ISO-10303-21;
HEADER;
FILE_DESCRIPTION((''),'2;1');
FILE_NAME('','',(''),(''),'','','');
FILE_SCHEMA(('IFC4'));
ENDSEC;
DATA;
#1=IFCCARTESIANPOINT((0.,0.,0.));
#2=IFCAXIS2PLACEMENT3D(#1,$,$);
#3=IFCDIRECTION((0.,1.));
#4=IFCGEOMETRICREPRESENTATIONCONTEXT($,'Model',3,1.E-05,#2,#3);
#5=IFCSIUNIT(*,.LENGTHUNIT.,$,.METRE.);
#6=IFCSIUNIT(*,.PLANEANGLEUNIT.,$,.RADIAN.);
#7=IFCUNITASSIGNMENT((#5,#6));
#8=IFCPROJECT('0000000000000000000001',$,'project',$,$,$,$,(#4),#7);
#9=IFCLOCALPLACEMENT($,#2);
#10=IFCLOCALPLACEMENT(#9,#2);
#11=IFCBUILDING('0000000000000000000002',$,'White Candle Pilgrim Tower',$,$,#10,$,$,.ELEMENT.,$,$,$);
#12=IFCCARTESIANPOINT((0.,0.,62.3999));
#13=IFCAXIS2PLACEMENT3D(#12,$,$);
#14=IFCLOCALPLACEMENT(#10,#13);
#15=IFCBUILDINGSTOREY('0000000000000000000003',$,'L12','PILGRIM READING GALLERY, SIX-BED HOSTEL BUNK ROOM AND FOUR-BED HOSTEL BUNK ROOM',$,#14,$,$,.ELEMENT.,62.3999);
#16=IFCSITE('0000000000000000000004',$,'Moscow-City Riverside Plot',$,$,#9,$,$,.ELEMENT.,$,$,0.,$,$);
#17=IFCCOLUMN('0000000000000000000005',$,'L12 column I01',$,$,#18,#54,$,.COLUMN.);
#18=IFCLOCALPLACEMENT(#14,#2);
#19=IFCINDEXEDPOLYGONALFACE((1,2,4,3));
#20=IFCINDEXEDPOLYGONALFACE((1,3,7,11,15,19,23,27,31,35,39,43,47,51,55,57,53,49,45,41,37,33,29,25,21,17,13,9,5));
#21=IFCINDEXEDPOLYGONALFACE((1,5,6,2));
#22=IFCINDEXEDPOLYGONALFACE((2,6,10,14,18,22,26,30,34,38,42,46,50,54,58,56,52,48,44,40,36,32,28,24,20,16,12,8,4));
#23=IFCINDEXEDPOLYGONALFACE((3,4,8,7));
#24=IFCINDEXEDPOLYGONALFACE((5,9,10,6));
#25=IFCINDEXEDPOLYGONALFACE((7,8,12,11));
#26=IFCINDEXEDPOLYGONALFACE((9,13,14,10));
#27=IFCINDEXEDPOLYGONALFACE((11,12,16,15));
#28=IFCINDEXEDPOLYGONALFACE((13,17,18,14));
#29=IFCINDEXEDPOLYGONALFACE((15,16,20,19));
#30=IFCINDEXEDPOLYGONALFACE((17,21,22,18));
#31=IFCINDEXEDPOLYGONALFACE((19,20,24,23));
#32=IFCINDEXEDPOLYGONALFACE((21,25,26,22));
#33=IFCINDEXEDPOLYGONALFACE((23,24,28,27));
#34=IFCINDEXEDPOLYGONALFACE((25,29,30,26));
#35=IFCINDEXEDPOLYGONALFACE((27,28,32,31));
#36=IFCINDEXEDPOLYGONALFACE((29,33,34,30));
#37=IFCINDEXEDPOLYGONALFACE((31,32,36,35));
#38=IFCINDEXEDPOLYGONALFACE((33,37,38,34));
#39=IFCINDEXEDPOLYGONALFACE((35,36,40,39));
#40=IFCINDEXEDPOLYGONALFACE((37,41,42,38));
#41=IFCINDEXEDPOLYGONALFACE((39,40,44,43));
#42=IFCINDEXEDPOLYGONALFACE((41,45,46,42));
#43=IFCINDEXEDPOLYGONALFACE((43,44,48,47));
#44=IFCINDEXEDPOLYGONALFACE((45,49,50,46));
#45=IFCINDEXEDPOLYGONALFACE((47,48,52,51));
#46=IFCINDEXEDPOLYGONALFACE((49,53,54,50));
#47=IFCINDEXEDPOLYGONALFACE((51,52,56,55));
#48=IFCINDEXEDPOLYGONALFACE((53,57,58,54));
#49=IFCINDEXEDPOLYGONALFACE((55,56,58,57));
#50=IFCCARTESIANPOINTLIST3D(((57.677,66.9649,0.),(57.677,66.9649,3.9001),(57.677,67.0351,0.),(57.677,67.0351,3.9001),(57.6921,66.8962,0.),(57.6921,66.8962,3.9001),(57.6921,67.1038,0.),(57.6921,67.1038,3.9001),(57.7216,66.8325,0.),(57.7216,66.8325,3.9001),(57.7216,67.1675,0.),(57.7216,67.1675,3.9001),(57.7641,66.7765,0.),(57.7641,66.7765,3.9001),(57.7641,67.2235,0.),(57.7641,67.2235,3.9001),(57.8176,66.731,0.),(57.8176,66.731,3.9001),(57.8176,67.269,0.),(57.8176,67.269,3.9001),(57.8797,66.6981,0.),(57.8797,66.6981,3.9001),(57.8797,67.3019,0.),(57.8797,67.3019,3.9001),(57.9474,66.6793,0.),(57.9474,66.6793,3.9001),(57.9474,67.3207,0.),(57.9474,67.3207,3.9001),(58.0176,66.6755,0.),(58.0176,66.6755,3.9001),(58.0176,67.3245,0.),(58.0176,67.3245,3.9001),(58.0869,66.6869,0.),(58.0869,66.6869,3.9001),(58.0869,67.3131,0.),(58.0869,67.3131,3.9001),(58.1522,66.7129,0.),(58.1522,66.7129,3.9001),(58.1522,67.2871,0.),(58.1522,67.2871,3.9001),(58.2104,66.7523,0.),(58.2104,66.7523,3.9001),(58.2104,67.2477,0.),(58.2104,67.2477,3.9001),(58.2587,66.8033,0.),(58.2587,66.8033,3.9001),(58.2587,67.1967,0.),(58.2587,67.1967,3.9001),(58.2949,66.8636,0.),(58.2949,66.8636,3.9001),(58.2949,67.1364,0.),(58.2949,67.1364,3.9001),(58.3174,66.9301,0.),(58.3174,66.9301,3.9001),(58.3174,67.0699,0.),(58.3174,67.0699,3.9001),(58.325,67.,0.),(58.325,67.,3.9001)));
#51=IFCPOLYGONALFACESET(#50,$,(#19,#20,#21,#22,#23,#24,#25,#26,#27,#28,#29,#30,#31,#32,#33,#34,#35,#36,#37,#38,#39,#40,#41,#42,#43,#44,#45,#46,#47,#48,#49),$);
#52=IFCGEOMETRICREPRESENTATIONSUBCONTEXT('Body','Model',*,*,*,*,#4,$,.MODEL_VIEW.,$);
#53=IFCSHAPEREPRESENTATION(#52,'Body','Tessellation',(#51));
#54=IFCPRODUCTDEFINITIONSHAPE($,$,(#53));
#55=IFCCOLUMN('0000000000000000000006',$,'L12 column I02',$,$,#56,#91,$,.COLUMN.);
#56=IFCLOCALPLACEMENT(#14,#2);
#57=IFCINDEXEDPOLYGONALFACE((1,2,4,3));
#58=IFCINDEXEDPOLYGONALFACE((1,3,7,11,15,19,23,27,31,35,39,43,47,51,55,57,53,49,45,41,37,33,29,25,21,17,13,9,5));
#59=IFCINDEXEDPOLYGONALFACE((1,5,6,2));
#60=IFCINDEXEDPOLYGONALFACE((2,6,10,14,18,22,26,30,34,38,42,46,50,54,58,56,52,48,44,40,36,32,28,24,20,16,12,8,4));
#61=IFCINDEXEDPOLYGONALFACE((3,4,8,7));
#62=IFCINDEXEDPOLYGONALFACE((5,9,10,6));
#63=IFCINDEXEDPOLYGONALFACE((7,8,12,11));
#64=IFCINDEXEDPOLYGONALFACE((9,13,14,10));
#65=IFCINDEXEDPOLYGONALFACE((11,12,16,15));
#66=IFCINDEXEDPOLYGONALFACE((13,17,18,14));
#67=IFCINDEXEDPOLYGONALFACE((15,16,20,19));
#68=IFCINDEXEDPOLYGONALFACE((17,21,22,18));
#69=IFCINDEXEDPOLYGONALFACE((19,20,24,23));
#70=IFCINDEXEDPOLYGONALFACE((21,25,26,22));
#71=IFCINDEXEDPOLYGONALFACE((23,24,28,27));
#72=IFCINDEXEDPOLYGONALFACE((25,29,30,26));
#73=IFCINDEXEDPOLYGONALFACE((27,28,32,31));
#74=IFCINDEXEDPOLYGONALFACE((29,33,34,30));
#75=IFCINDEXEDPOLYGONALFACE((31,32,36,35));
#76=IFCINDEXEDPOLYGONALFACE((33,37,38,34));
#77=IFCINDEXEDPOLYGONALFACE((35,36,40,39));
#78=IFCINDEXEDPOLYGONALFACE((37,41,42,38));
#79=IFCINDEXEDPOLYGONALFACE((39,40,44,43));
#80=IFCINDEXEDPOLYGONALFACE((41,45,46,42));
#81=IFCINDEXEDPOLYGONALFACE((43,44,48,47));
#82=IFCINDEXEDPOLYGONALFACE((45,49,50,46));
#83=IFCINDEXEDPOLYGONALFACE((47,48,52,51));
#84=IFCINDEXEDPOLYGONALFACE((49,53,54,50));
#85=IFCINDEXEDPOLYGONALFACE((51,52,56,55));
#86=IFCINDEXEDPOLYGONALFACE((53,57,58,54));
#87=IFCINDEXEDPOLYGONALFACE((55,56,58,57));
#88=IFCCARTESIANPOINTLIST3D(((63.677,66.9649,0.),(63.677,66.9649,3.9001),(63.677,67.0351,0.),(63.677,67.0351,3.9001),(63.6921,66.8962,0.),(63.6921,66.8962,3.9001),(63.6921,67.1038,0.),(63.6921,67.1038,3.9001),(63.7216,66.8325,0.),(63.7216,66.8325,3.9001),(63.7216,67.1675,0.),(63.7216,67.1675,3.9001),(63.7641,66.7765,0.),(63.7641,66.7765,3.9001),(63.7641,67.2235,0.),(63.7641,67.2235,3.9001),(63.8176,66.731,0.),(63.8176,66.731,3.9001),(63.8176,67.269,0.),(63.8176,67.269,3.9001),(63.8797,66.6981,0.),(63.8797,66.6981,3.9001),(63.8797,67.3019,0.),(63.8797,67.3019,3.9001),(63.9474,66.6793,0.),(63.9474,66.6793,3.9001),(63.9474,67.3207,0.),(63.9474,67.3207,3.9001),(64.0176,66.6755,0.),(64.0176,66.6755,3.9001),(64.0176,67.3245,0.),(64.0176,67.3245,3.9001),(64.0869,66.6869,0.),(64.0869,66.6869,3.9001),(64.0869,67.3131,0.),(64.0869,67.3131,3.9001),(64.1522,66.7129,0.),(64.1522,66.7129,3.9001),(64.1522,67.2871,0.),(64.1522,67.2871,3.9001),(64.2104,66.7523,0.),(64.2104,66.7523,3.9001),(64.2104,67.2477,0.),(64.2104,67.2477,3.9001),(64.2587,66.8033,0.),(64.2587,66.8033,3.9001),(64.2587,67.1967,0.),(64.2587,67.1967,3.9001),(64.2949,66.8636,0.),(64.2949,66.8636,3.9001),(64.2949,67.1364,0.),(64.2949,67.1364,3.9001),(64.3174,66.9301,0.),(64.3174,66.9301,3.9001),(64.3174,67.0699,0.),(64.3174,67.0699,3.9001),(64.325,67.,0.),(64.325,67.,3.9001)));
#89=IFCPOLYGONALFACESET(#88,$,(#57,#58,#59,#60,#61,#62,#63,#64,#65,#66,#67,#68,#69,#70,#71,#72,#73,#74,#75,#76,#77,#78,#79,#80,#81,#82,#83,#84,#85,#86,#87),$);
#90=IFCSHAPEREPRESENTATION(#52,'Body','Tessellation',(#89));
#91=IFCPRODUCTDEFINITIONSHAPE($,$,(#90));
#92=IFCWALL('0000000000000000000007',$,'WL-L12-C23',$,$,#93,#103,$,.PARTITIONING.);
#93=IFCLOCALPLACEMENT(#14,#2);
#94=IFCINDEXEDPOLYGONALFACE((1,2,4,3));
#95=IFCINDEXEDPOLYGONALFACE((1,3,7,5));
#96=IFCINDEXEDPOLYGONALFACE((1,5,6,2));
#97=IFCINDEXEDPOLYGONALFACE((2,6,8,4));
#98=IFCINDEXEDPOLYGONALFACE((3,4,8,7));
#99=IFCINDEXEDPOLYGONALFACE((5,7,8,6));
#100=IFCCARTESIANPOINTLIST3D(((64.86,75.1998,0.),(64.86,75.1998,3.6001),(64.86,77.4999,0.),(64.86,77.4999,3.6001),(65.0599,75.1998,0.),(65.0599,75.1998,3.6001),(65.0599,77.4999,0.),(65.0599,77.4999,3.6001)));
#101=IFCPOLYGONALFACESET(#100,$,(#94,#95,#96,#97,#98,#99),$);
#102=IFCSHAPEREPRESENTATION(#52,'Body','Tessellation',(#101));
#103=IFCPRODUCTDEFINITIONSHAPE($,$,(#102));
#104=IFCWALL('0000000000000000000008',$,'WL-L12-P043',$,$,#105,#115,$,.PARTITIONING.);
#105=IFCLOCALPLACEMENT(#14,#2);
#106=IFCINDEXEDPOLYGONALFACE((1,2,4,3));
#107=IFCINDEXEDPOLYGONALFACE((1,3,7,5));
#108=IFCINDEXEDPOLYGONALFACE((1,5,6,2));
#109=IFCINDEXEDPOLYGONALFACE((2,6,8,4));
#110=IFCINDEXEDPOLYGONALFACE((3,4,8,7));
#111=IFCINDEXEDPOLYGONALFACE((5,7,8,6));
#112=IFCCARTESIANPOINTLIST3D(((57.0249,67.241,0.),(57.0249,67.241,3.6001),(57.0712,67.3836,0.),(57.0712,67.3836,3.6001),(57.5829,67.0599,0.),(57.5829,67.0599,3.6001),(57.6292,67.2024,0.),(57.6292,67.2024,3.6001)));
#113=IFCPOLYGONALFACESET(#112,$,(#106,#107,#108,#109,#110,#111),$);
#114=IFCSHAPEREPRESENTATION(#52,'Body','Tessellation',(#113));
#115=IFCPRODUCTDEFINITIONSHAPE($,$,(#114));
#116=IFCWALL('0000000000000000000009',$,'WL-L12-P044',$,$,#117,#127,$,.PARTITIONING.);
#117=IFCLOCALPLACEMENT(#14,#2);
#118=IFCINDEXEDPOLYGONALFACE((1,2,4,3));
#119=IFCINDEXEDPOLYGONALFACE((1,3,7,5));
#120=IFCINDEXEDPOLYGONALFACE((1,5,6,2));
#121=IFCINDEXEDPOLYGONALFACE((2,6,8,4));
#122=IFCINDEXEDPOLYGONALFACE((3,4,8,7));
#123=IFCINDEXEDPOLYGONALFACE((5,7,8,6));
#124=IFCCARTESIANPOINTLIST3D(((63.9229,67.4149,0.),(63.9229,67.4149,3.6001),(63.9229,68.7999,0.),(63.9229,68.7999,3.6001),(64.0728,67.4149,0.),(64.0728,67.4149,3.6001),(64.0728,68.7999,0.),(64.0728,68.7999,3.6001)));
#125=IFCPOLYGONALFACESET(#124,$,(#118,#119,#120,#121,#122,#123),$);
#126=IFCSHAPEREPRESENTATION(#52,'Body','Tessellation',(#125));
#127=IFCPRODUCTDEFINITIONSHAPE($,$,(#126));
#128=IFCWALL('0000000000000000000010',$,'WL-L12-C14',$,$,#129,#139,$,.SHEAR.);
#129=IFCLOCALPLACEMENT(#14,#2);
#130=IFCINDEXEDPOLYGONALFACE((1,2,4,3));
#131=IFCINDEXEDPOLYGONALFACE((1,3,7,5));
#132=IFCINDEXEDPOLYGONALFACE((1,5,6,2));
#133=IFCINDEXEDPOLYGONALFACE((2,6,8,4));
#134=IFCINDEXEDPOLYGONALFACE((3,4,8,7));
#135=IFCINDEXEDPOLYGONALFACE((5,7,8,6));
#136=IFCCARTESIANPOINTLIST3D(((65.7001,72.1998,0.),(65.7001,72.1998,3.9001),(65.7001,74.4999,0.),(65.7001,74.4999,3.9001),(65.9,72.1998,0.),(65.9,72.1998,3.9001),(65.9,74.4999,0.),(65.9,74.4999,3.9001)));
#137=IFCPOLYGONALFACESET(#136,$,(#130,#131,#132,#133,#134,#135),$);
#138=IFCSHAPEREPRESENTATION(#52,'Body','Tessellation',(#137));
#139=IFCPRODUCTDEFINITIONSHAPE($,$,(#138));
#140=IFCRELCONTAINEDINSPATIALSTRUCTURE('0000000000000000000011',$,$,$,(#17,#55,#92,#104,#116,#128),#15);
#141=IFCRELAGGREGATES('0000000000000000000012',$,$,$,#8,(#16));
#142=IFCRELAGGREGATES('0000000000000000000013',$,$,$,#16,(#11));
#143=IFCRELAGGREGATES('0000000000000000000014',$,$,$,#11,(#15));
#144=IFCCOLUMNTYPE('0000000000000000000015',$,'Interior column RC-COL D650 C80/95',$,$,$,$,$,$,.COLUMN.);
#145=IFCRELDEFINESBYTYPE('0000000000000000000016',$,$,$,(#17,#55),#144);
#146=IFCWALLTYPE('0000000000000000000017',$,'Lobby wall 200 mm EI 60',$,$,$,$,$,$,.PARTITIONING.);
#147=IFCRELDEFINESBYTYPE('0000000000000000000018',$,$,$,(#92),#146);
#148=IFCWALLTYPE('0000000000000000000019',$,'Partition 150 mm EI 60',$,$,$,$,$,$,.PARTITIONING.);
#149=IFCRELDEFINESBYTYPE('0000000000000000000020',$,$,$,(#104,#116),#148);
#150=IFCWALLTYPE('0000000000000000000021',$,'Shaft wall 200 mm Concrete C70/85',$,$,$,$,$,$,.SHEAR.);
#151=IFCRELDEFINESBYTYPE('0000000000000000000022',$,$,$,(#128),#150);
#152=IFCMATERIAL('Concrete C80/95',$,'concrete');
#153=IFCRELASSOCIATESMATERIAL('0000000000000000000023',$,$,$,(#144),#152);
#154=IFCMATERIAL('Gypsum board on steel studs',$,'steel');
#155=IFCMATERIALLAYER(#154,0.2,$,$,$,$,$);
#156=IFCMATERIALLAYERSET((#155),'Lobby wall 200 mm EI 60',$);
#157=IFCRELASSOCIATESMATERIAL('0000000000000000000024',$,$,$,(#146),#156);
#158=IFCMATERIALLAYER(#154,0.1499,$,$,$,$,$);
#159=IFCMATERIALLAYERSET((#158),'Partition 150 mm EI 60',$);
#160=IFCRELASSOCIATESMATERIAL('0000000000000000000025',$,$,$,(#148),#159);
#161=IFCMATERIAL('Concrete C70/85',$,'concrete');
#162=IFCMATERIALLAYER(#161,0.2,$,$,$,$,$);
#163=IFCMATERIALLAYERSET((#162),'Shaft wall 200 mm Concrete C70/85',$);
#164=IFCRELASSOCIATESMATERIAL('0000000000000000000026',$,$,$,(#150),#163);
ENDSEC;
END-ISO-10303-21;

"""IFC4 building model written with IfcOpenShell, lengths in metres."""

from ifc_helpers import new_model, si_unit, direction, frame, frame_2d, origin, origin_2d, place, context, subcontext, project, spatial, rectangle, circle, extrude, material, layer, layer_set, material_profile, profile_set, type_object, element, save


model = new_model("IFC4")

# Units and contexts
model_context = context("Model", 3, precision=1e-05, world=origin(), true_north=direction((0.0, 1.0)))
body_context = subcontext(model_context, "Body", "Model", "MODEL_VIEW")
ifc_project = project(units=[si_unit("LENGTHUNIT", "METRE"), si_unit("PLANEANGLEUNIT", "RADIAN")], contexts=[model_context])

# Site, building, storey
site_placement = place(None, origin())
site = spatial("IfcSite", under=ifc_project, at=site_placement, Name="Moscow-City Riverside Plot", CompositionType="ELEMENT", RefElevation=0.0)
building_placement = place(site_placement, origin())
building = spatial("IfcBuilding", under=site, at=building_placement, Name="White Candle Pilgrim Tower", CompositionType="ELEMENT")
storey_placement = place(building_placement, frame((0.0, 0.0, 62.3999)))
storey = spatial("IfcBuildingStorey", under=building, at=storey_placement, Name="L12", Description="PILGRIM READING GALLERY, SIX-BED HOSTEL BUNK ROOM AND FOUR-BED HOSTEL BUNK ROOM", CompositionType="ELEMENT", Elevation=62.3999)

# Columns
ifc_material_1 = material(Name="Concrete C80/95", Category="concrete")
ifc_material_profile = material_profile(ifc_material_1, circle(Radius=0.325, at=origin_2d()), Name="RC-COL D650")
ifc_profile_set = profile_set([ifc_material_profile], Name="Concrete C80/95")
column_type = type_object("IfcColumnType", Name="Interior column RC-COL D650 C80/95", PredefinedType="COLUMN", material=ifc_profile_set)
for number, where, z_axis, x_axis, name in (
    (1, (58.0, 67.0, 0.0), (0.0, 0.0, 1.0), (1.0, 0.0, 0.0), "L12 column I01"),
    (2, (64.0, 67.0, 0.0), (0.0, 0.0, 1.0), (1.0, 0.0, 0.0), "L12 column I02"),
):
    element("IfcColumn", number, at=place(storey_placement, frame(where, z_axis=z_axis, x_axis=x_axis)), inside=storey, type_object=column_type, Name=name, PredefinedType="COLUMN", context=body_context, shape_type="SweptSolid", body=[
        extrude(circle(Radius=0.325, at=origin_2d()), origin(), (0.0, 0.0, 1.0), 3.9001),
    ])

# Walls
ifc_material_2 = material(Name="Gypsum board on steel studs", Category="steel")
ifc_layer_1 = layer(ifc_material_2, 0.2)
ifc_layer_set_1 = layer_set([ifc_layer_1], Name="Lobby wall 200 mm EI 60")
wall_type_1 = type_object("IfcWallType", Name="Lobby wall 200 mm EI 60", PredefinedType="PARTITIONING", material=ifc_layer_set_1)
wall_1_placement = place(storey_placement, frame((64.96, 75.2, 0.0), z_axis=(0.0, 0.0, 1.0), x_axis=(0.0, 1.0, 0.0)))
element("IfcWall", 3, at=wall_1_placement, inside=storey, type_object=wall_type_1, Name="WL-L12-C23", PredefinedType="PARTITIONING", context=body_context, shape_type="SweptSolid", body=[
    extrude(rectangle(XDim=2.3, YDim=0.2, at=frame_2d((1.1499, 0.0))), origin(), (0.0, 0.0, 1.0), 3.6001),
])
ifc_layer_2 = layer(ifc_material_2, 0.1499)
ifc_layer_set_2 = layer_set([ifc_layer_2], Name="Partition 150 mm EI 60")
wall_type_2 = type_object("IfcWallType", Name="Partition 150 mm EI 60", PredefinedType="PARTITIONING", material=ifc_layer_set_2)
wall_2_placement = place(storey_placement, frame((57.6062, 67.1311, 0.0), z_axis=(0.0, 0.0, 1.0), x_axis=(-0.95115, 0.308729, 0.0)))
element("IfcWall", 4, at=wall_2_placement, inside=storey, type_object=wall_type_2, Name="WL-L12-P043", PredefinedType="PARTITIONING", context=body_context, shape_type="SweptSolid", body=[
    extrude(rectangle(XDim=0.5867, YDim=0.1499, at=frame_2d((0.2935, 0.0))), origin(), (0.0, 0.0, 1.0), 3.6001),
])
wall_3_placement = place(storey_placement, frame((63.9978, 67.415, 0.0), z_axis=(0.0, 0.0, 1.0), x_axis=(0.0, 1.0, 0.0)))
element("IfcWall", 5, at=wall_3_placement, inside=storey, type_object=wall_type_2, Name="WL-L12-P044", PredefinedType="PARTITIONING", context=body_context, shape_type="SweptSolid", body=[
    extrude(rectangle(XDim=1.385, YDim=0.1499, at=frame_2d((0.6924, 0.0))), origin(), (0.0, 0.0, 1.0), 3.6001),
])
ifc_material_3 = material(Name="Concrete C70/85", Category="concrete")
ifc_layer_3 = layer(ifc_material_3, 0.2)
ifc_layer_set_3 = layer_set([ifc_layer_3], Name="Shaft wall 200 mm Concrete C70/85")
wall_type_3 = type_object("IfcWallType", Name="Shaft wall 200 mm Concrete C70/85", PredefinedType="SHEAR", material=ifc_layer_set_3)
wall_4_placement = place(storey_placement, frame((65.8, 72.2, 0.0), z_axis=(0.0, 0.0, 1.0), x_axis=(0.0, 1.0, 0.0)))
element("IfcWall", 6, at=wall_4_placement, inside=storey, type_object=wall_type_3, Name="WL-L12-C14", PredefinedType="SHEAR", context=body_context, shape_type="SweptSolid", body=[
    extrude(rectangle(XDim=2.3, YDim=0.2, at=frame_2d((1.1499, 0.0))), origin(), (0.0, 0.0, 1.0), 3.9001),
])

save(model, "model.ifc")
